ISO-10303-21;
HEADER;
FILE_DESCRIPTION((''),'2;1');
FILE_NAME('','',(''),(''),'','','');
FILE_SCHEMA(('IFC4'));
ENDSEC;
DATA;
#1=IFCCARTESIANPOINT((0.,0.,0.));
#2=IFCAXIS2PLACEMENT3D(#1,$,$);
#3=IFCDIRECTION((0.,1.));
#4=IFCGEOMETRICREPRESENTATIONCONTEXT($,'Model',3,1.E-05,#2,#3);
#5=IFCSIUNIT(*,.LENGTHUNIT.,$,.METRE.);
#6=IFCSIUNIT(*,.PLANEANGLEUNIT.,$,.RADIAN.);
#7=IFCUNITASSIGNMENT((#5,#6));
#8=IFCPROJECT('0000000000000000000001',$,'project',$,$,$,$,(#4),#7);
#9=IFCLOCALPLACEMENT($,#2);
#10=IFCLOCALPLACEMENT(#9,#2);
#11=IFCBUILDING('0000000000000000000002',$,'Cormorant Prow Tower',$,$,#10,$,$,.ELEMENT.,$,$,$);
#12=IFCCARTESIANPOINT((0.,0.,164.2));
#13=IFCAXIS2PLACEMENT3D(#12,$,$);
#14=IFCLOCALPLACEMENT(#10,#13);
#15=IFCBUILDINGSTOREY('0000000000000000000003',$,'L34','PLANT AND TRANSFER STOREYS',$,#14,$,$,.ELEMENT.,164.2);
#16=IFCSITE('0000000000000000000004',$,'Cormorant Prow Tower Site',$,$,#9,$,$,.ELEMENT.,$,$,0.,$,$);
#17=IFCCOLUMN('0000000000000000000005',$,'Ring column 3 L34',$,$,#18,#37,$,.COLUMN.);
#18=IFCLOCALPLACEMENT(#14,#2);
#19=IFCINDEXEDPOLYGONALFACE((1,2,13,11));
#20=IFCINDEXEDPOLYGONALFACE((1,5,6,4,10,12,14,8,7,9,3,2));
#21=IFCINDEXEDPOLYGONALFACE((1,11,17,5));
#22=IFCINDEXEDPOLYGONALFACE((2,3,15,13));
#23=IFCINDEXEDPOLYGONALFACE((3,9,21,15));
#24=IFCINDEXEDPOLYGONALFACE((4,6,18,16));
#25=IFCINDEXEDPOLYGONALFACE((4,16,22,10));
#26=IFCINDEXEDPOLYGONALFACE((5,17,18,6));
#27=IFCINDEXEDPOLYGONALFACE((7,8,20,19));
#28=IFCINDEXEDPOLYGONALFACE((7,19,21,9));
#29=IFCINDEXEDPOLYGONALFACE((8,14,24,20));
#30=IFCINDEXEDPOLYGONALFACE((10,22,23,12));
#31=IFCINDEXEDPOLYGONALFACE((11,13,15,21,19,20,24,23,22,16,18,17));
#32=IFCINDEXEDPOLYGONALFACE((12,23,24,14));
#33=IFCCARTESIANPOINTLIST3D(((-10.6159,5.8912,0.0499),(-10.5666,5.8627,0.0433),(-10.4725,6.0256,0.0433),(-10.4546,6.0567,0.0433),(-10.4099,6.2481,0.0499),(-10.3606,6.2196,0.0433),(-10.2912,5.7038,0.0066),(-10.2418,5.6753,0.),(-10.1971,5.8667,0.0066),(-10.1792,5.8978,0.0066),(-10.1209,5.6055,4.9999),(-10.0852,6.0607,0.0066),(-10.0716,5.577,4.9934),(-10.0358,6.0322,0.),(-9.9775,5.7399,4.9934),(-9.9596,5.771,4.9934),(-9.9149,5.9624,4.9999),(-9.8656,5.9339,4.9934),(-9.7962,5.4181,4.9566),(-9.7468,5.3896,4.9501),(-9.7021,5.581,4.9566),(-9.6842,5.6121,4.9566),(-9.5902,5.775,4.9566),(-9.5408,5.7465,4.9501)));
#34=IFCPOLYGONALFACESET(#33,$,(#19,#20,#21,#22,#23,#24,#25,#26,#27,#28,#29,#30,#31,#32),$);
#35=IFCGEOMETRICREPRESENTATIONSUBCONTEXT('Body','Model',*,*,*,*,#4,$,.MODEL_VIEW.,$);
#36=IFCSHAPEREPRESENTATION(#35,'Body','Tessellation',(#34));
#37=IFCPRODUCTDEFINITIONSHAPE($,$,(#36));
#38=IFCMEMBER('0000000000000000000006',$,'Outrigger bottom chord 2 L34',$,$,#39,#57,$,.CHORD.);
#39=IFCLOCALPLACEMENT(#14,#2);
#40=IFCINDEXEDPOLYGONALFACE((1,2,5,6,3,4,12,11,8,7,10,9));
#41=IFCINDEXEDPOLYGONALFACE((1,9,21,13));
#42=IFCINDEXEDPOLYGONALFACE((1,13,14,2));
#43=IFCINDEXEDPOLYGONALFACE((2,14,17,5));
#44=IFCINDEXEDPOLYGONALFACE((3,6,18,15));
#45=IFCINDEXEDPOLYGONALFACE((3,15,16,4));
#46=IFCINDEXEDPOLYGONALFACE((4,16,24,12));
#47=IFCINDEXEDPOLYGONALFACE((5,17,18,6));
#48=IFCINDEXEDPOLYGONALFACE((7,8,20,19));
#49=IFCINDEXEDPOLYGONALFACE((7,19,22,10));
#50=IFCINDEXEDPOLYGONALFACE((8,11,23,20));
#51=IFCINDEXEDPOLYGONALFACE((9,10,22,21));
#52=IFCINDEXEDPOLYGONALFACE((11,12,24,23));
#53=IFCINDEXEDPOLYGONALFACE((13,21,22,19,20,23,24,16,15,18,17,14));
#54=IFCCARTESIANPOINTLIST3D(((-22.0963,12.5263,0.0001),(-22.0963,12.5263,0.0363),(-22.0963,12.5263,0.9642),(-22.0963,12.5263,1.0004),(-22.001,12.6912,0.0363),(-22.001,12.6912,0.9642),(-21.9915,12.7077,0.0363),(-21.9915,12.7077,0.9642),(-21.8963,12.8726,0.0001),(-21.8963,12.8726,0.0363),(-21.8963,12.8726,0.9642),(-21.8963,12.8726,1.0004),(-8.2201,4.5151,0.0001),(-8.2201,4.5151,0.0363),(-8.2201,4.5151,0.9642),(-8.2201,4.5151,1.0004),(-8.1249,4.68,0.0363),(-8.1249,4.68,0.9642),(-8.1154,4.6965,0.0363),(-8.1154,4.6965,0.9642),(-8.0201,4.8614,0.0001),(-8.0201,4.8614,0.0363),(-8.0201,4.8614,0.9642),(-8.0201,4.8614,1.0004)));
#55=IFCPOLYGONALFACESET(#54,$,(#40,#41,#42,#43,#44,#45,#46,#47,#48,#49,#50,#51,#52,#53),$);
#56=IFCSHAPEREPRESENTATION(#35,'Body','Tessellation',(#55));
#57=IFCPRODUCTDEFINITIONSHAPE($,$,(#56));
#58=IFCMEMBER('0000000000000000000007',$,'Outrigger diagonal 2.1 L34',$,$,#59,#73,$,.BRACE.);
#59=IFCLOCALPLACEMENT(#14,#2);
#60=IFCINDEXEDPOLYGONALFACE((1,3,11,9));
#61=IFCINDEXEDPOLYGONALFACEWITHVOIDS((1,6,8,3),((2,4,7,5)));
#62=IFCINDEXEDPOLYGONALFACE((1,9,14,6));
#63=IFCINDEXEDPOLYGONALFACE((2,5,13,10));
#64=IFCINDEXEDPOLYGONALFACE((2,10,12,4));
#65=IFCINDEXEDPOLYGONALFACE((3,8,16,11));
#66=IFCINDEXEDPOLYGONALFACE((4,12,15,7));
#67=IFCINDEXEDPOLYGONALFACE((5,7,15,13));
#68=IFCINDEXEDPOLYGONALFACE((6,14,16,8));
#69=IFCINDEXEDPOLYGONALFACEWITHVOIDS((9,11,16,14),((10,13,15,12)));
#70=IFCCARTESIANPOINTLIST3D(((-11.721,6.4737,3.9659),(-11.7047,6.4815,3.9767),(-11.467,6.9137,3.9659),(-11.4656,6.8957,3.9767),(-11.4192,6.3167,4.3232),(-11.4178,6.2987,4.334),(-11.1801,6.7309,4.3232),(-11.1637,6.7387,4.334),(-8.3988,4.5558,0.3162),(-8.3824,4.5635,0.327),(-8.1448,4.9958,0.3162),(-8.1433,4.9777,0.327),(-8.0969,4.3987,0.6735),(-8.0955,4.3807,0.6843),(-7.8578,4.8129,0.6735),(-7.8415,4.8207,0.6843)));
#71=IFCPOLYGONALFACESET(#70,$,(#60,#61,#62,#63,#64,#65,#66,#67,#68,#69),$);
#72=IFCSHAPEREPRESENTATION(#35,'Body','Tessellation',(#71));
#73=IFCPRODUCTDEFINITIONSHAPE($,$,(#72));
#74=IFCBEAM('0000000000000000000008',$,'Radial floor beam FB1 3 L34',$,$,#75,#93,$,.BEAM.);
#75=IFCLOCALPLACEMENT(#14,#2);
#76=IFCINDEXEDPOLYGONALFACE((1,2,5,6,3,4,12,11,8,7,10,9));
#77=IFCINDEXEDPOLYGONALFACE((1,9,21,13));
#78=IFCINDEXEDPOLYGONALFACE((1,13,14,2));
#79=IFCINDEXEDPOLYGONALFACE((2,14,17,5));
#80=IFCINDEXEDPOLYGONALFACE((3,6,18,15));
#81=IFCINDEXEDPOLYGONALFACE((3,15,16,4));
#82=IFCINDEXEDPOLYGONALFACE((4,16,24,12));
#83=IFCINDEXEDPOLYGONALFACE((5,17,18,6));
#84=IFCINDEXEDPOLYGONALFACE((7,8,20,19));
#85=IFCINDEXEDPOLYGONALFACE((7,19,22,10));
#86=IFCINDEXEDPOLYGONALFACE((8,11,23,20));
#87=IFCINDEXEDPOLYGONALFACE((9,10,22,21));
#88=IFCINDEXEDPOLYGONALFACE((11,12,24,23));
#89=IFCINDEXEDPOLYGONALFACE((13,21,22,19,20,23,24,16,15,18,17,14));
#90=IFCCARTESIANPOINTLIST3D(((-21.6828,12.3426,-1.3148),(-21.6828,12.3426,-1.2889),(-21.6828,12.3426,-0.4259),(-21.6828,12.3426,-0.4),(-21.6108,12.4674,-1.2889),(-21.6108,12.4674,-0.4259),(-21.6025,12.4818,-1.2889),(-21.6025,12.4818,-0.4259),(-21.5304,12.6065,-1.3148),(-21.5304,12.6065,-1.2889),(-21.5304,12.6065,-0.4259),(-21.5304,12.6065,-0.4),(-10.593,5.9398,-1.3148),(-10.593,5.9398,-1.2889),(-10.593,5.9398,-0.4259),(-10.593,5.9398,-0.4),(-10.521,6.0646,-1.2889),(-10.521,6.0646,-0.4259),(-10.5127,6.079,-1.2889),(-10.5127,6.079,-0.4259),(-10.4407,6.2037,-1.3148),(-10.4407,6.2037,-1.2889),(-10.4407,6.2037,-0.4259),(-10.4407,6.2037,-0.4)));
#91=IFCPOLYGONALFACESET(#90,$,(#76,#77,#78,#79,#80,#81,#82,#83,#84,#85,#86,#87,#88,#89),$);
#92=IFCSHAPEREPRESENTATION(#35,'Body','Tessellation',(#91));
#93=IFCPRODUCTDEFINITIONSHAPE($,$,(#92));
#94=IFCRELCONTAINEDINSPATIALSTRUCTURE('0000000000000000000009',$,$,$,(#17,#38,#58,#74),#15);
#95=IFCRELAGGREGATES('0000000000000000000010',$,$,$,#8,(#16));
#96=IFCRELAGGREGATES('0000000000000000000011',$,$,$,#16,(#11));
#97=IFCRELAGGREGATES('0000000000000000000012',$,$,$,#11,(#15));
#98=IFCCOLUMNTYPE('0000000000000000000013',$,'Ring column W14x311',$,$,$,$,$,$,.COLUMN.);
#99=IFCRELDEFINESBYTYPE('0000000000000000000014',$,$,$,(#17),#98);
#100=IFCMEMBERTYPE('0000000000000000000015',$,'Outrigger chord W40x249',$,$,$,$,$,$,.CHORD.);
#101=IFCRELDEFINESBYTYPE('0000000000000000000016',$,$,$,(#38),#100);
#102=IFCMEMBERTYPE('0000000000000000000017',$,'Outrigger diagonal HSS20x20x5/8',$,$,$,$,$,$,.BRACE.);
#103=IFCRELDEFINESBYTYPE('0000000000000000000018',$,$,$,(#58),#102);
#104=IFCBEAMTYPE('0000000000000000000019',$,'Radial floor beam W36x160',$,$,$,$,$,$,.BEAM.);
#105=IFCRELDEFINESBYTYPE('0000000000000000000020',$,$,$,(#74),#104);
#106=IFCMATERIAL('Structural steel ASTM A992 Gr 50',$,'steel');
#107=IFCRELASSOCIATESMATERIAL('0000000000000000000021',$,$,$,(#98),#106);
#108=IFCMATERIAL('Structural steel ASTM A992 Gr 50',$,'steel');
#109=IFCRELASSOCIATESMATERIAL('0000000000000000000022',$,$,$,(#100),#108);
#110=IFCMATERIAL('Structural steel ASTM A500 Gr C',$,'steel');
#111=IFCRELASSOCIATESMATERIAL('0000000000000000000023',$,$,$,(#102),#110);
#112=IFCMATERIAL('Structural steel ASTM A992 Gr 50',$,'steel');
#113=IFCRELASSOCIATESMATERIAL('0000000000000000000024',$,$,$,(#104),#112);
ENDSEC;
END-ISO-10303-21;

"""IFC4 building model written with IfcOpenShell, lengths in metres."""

from ifc_helpers import new_model, si_unit, direction, frame, origin, origin_2d, place, context, subcontext, project, spatial, hollow_rectangle, i_section, extrude, material, material_profile, profile_set, type_object, element, save


model = new_model("IFC4")

# Units and contexts
model_context = context("Model", 3, precision=1e-05, world=origin(), true_north=direction((0.0, 1.0)))
body_context = subcontext(model_context, "Body", "Model", "MODEL_VIEW")
ifc_project = project(units=[si_unit("LENGTHUNIT", "METRE"), si_unit("PLANEANGLEUNIT", "RADIAN")], contexts=[model_context])

# Site, building, storey
site_placement = place(None, origin())
site = spatial("IfcSite", under=ifc_project, at=site_placement, Name="Cormorant Prow Tower Site", CompositionType="ELEMENT", RefElevation=0.0)
building_placement = place(site_placement, origin())
building = spatial("IfcBuilding", under=site, at=building_placement, Name="Cormorant Prow Tower", CompositionType="ELEMENT")
storey_placement = place(building_placement, frame((0.0, 0.0, 164.2)))
storey = spatial("IfcBuildingStorey", under=building, at=storey_placement, Name="L34", Description="PLANT AND TRANSFER STOREYS", CompositionType="ELEMENT", Elevation=164.2)

# Column
ifc_material_1 = material(Name="Structural steel ASTM A992 Gr 50", Category="steel")
ifc_material_profile_1 = material_profile(ifc_material_1, i_section(OverallWidth=0.4121, OverallDepth=0.4348, WebThickness=0.0359, FlangeThickness=0.0574, at=origin_2d()), Name="W14x311")
ifc_profile_set_1 = profile_set([ifc_material_profile_1], Name="Structural steel ASTM A992 Gr 50")
column_type = type_object("IfcColumnType", Name="Ring column W14x311", PredefinedType="COLUMN", material=ifc_profile_set_1)
column_placement = place(storey_placement, frame((-10.3284, 5.9631, 0.0), z_axis=(0.09934, -0.057334, 0.9934), x_axis=(0.499869, 0.866101, 0.0)))
element("IfcColumn", 1, at=column_placement, inside=storey, type_object=column_type, Name="Ring column 3 L34", PredefinedType="COLUMN", context=body_context, shape_type="SweptSolid", body=[
    extrude(i_section(OverallWidth=0.4121, OverallDepth=0.4348, WebThickness=0.0359, FlangeThickness=0.0574, at=origin_2d()), frame((0.0, 0.0, 0.0251)), (0.0, 0.0, 1.0), 4.9829),
])

# Members
ifc_material_2 = material(Name="Structural steel ASTM A992 Gr 50", Category="steel")
ifc_material_profile_2 = material_profile(ifc_material_2, i_section(OverallWidth=0.3999, OverallDepth=1.0002, WebThickness=0.019, FlangeThickness=0.0361, at=origin_2d()), Name="W40x249")
ifc_profile_set_2 = profile_set([ifc_material_profile_2], Name="Structural steel ASTM A992 Gr 50")
member_type_1 = type_object("IfcMemberType", Name="Outrigger chord W40x249", PredefinedType="CHORD", material=ifc_profile_set_2)
member_1_placement = place(storey_placement, frame((-8.1201, 4.6882, 0.5002), z_axis=(-0.866031, 0.49999, 0.0), x_axis=(-0.49999, -0.866031, 0.0)))
element("IfcMember", 2, at=member_1_placement, inside=storey, type_object=member_type_1, Name="Outrigger bottom chord 2 L34", PredefinedType="CHORD", context=body_context, shape_type="SweptSolid", body=[
    extrude(i_section(OverallWidth=0.3999, OverallDepth=1.0002, WebThickness=0.019, FlangeThickness=0.0361, at=origin_2d()), origin(), (0.0, 0.0, 1.0), 16.0227),
])
ifc_material_3 = material(Name="Structural steel ASTM A500 Gr C", Category="steel")
ifc_material_profile_3 = material_profile(ifc_material_3, hollow_rectangle(XDim=0.5081, YDim=0.5081, WallThickness=0.0149, at=origin_2d()), Name="HSS20x20x5/8")
ifc_profile_set_3 = profile_set([ifc_material_profile_3], Name="Structural steel ASTM A500 Gr C")
member_type_2 = type_object("IfcMemberType", Name="Outrigger diagonal HSS20x20x5/8", PredefinedType="BRACE", material=ifc_profile_set_3)
member_2_placement = place(storey_placement, frame((-8.1201, 4.6882, 0.5002), z_axis=(-0.627445, 0.362229, 0.689277), x_axis=(-0.499972, -0.866041, 0.0)))
element("IfcMember", 3, at=member_2_placement, inside=storey, type_object=member_type_2, Name="Outrigger diagonal 2.1 L34", PredefinedType="BRACE", context=body_context, shape_type="SweptSolid", body=[
    extrude(hollow_rectangle(XDim=0.5081, YDim=0.5081, WallThickness=0.0149, at=origin_2d()), origin(), (0.0, 0.0, 1.0), 5.2949),
])

# Beam
ifc_material_4 = material(Name="Structural steel ASTM A992 Gr 50", Category="steel")
ifc_material_profile_4 = material_profile(ifc_material_4, i_section(OverallWidth=0.3047, OverallDepth=0.9148, WebThickness=0.0166, FlangeThickness=0.0259, at=origin_2d()), Name="W36x160")
ifc_profile_set_4 = profile_set([ifc_material_profile_4], Name="Structural steel ASTM A992 Gr 50")
beam_type = type_object("IfcBeamType", Name="Radial floor beam W36x160", PredefinedType="BEAM", material=ifc_profile_set_4)
beam_placement = place(storey_placement, frame((-10.5168, 6.0718, -0.8574), z_axis=(-0.866022, 0.500006, 0.0), x_axis=(-0.500006, -0.866022, 0.0)))
element("IfcBeam", 4, at=beam_placement, inside=storey, type_object=beam_type, Name="Radial floor beam FB1 3 L34", PredefinedType="BEAM", context=body_context, shape_type="SweptSolid", body=[
    extrude(i_section(OverallWidth=0.3047, OverallDepth=0.9148, WebThickness=0.0166, FlangeThickness=0.0259, at=origin_2d()), origin(), (0.0, 0.0, 1.0), 12.8054),
])

save(model, "model.ifc")
